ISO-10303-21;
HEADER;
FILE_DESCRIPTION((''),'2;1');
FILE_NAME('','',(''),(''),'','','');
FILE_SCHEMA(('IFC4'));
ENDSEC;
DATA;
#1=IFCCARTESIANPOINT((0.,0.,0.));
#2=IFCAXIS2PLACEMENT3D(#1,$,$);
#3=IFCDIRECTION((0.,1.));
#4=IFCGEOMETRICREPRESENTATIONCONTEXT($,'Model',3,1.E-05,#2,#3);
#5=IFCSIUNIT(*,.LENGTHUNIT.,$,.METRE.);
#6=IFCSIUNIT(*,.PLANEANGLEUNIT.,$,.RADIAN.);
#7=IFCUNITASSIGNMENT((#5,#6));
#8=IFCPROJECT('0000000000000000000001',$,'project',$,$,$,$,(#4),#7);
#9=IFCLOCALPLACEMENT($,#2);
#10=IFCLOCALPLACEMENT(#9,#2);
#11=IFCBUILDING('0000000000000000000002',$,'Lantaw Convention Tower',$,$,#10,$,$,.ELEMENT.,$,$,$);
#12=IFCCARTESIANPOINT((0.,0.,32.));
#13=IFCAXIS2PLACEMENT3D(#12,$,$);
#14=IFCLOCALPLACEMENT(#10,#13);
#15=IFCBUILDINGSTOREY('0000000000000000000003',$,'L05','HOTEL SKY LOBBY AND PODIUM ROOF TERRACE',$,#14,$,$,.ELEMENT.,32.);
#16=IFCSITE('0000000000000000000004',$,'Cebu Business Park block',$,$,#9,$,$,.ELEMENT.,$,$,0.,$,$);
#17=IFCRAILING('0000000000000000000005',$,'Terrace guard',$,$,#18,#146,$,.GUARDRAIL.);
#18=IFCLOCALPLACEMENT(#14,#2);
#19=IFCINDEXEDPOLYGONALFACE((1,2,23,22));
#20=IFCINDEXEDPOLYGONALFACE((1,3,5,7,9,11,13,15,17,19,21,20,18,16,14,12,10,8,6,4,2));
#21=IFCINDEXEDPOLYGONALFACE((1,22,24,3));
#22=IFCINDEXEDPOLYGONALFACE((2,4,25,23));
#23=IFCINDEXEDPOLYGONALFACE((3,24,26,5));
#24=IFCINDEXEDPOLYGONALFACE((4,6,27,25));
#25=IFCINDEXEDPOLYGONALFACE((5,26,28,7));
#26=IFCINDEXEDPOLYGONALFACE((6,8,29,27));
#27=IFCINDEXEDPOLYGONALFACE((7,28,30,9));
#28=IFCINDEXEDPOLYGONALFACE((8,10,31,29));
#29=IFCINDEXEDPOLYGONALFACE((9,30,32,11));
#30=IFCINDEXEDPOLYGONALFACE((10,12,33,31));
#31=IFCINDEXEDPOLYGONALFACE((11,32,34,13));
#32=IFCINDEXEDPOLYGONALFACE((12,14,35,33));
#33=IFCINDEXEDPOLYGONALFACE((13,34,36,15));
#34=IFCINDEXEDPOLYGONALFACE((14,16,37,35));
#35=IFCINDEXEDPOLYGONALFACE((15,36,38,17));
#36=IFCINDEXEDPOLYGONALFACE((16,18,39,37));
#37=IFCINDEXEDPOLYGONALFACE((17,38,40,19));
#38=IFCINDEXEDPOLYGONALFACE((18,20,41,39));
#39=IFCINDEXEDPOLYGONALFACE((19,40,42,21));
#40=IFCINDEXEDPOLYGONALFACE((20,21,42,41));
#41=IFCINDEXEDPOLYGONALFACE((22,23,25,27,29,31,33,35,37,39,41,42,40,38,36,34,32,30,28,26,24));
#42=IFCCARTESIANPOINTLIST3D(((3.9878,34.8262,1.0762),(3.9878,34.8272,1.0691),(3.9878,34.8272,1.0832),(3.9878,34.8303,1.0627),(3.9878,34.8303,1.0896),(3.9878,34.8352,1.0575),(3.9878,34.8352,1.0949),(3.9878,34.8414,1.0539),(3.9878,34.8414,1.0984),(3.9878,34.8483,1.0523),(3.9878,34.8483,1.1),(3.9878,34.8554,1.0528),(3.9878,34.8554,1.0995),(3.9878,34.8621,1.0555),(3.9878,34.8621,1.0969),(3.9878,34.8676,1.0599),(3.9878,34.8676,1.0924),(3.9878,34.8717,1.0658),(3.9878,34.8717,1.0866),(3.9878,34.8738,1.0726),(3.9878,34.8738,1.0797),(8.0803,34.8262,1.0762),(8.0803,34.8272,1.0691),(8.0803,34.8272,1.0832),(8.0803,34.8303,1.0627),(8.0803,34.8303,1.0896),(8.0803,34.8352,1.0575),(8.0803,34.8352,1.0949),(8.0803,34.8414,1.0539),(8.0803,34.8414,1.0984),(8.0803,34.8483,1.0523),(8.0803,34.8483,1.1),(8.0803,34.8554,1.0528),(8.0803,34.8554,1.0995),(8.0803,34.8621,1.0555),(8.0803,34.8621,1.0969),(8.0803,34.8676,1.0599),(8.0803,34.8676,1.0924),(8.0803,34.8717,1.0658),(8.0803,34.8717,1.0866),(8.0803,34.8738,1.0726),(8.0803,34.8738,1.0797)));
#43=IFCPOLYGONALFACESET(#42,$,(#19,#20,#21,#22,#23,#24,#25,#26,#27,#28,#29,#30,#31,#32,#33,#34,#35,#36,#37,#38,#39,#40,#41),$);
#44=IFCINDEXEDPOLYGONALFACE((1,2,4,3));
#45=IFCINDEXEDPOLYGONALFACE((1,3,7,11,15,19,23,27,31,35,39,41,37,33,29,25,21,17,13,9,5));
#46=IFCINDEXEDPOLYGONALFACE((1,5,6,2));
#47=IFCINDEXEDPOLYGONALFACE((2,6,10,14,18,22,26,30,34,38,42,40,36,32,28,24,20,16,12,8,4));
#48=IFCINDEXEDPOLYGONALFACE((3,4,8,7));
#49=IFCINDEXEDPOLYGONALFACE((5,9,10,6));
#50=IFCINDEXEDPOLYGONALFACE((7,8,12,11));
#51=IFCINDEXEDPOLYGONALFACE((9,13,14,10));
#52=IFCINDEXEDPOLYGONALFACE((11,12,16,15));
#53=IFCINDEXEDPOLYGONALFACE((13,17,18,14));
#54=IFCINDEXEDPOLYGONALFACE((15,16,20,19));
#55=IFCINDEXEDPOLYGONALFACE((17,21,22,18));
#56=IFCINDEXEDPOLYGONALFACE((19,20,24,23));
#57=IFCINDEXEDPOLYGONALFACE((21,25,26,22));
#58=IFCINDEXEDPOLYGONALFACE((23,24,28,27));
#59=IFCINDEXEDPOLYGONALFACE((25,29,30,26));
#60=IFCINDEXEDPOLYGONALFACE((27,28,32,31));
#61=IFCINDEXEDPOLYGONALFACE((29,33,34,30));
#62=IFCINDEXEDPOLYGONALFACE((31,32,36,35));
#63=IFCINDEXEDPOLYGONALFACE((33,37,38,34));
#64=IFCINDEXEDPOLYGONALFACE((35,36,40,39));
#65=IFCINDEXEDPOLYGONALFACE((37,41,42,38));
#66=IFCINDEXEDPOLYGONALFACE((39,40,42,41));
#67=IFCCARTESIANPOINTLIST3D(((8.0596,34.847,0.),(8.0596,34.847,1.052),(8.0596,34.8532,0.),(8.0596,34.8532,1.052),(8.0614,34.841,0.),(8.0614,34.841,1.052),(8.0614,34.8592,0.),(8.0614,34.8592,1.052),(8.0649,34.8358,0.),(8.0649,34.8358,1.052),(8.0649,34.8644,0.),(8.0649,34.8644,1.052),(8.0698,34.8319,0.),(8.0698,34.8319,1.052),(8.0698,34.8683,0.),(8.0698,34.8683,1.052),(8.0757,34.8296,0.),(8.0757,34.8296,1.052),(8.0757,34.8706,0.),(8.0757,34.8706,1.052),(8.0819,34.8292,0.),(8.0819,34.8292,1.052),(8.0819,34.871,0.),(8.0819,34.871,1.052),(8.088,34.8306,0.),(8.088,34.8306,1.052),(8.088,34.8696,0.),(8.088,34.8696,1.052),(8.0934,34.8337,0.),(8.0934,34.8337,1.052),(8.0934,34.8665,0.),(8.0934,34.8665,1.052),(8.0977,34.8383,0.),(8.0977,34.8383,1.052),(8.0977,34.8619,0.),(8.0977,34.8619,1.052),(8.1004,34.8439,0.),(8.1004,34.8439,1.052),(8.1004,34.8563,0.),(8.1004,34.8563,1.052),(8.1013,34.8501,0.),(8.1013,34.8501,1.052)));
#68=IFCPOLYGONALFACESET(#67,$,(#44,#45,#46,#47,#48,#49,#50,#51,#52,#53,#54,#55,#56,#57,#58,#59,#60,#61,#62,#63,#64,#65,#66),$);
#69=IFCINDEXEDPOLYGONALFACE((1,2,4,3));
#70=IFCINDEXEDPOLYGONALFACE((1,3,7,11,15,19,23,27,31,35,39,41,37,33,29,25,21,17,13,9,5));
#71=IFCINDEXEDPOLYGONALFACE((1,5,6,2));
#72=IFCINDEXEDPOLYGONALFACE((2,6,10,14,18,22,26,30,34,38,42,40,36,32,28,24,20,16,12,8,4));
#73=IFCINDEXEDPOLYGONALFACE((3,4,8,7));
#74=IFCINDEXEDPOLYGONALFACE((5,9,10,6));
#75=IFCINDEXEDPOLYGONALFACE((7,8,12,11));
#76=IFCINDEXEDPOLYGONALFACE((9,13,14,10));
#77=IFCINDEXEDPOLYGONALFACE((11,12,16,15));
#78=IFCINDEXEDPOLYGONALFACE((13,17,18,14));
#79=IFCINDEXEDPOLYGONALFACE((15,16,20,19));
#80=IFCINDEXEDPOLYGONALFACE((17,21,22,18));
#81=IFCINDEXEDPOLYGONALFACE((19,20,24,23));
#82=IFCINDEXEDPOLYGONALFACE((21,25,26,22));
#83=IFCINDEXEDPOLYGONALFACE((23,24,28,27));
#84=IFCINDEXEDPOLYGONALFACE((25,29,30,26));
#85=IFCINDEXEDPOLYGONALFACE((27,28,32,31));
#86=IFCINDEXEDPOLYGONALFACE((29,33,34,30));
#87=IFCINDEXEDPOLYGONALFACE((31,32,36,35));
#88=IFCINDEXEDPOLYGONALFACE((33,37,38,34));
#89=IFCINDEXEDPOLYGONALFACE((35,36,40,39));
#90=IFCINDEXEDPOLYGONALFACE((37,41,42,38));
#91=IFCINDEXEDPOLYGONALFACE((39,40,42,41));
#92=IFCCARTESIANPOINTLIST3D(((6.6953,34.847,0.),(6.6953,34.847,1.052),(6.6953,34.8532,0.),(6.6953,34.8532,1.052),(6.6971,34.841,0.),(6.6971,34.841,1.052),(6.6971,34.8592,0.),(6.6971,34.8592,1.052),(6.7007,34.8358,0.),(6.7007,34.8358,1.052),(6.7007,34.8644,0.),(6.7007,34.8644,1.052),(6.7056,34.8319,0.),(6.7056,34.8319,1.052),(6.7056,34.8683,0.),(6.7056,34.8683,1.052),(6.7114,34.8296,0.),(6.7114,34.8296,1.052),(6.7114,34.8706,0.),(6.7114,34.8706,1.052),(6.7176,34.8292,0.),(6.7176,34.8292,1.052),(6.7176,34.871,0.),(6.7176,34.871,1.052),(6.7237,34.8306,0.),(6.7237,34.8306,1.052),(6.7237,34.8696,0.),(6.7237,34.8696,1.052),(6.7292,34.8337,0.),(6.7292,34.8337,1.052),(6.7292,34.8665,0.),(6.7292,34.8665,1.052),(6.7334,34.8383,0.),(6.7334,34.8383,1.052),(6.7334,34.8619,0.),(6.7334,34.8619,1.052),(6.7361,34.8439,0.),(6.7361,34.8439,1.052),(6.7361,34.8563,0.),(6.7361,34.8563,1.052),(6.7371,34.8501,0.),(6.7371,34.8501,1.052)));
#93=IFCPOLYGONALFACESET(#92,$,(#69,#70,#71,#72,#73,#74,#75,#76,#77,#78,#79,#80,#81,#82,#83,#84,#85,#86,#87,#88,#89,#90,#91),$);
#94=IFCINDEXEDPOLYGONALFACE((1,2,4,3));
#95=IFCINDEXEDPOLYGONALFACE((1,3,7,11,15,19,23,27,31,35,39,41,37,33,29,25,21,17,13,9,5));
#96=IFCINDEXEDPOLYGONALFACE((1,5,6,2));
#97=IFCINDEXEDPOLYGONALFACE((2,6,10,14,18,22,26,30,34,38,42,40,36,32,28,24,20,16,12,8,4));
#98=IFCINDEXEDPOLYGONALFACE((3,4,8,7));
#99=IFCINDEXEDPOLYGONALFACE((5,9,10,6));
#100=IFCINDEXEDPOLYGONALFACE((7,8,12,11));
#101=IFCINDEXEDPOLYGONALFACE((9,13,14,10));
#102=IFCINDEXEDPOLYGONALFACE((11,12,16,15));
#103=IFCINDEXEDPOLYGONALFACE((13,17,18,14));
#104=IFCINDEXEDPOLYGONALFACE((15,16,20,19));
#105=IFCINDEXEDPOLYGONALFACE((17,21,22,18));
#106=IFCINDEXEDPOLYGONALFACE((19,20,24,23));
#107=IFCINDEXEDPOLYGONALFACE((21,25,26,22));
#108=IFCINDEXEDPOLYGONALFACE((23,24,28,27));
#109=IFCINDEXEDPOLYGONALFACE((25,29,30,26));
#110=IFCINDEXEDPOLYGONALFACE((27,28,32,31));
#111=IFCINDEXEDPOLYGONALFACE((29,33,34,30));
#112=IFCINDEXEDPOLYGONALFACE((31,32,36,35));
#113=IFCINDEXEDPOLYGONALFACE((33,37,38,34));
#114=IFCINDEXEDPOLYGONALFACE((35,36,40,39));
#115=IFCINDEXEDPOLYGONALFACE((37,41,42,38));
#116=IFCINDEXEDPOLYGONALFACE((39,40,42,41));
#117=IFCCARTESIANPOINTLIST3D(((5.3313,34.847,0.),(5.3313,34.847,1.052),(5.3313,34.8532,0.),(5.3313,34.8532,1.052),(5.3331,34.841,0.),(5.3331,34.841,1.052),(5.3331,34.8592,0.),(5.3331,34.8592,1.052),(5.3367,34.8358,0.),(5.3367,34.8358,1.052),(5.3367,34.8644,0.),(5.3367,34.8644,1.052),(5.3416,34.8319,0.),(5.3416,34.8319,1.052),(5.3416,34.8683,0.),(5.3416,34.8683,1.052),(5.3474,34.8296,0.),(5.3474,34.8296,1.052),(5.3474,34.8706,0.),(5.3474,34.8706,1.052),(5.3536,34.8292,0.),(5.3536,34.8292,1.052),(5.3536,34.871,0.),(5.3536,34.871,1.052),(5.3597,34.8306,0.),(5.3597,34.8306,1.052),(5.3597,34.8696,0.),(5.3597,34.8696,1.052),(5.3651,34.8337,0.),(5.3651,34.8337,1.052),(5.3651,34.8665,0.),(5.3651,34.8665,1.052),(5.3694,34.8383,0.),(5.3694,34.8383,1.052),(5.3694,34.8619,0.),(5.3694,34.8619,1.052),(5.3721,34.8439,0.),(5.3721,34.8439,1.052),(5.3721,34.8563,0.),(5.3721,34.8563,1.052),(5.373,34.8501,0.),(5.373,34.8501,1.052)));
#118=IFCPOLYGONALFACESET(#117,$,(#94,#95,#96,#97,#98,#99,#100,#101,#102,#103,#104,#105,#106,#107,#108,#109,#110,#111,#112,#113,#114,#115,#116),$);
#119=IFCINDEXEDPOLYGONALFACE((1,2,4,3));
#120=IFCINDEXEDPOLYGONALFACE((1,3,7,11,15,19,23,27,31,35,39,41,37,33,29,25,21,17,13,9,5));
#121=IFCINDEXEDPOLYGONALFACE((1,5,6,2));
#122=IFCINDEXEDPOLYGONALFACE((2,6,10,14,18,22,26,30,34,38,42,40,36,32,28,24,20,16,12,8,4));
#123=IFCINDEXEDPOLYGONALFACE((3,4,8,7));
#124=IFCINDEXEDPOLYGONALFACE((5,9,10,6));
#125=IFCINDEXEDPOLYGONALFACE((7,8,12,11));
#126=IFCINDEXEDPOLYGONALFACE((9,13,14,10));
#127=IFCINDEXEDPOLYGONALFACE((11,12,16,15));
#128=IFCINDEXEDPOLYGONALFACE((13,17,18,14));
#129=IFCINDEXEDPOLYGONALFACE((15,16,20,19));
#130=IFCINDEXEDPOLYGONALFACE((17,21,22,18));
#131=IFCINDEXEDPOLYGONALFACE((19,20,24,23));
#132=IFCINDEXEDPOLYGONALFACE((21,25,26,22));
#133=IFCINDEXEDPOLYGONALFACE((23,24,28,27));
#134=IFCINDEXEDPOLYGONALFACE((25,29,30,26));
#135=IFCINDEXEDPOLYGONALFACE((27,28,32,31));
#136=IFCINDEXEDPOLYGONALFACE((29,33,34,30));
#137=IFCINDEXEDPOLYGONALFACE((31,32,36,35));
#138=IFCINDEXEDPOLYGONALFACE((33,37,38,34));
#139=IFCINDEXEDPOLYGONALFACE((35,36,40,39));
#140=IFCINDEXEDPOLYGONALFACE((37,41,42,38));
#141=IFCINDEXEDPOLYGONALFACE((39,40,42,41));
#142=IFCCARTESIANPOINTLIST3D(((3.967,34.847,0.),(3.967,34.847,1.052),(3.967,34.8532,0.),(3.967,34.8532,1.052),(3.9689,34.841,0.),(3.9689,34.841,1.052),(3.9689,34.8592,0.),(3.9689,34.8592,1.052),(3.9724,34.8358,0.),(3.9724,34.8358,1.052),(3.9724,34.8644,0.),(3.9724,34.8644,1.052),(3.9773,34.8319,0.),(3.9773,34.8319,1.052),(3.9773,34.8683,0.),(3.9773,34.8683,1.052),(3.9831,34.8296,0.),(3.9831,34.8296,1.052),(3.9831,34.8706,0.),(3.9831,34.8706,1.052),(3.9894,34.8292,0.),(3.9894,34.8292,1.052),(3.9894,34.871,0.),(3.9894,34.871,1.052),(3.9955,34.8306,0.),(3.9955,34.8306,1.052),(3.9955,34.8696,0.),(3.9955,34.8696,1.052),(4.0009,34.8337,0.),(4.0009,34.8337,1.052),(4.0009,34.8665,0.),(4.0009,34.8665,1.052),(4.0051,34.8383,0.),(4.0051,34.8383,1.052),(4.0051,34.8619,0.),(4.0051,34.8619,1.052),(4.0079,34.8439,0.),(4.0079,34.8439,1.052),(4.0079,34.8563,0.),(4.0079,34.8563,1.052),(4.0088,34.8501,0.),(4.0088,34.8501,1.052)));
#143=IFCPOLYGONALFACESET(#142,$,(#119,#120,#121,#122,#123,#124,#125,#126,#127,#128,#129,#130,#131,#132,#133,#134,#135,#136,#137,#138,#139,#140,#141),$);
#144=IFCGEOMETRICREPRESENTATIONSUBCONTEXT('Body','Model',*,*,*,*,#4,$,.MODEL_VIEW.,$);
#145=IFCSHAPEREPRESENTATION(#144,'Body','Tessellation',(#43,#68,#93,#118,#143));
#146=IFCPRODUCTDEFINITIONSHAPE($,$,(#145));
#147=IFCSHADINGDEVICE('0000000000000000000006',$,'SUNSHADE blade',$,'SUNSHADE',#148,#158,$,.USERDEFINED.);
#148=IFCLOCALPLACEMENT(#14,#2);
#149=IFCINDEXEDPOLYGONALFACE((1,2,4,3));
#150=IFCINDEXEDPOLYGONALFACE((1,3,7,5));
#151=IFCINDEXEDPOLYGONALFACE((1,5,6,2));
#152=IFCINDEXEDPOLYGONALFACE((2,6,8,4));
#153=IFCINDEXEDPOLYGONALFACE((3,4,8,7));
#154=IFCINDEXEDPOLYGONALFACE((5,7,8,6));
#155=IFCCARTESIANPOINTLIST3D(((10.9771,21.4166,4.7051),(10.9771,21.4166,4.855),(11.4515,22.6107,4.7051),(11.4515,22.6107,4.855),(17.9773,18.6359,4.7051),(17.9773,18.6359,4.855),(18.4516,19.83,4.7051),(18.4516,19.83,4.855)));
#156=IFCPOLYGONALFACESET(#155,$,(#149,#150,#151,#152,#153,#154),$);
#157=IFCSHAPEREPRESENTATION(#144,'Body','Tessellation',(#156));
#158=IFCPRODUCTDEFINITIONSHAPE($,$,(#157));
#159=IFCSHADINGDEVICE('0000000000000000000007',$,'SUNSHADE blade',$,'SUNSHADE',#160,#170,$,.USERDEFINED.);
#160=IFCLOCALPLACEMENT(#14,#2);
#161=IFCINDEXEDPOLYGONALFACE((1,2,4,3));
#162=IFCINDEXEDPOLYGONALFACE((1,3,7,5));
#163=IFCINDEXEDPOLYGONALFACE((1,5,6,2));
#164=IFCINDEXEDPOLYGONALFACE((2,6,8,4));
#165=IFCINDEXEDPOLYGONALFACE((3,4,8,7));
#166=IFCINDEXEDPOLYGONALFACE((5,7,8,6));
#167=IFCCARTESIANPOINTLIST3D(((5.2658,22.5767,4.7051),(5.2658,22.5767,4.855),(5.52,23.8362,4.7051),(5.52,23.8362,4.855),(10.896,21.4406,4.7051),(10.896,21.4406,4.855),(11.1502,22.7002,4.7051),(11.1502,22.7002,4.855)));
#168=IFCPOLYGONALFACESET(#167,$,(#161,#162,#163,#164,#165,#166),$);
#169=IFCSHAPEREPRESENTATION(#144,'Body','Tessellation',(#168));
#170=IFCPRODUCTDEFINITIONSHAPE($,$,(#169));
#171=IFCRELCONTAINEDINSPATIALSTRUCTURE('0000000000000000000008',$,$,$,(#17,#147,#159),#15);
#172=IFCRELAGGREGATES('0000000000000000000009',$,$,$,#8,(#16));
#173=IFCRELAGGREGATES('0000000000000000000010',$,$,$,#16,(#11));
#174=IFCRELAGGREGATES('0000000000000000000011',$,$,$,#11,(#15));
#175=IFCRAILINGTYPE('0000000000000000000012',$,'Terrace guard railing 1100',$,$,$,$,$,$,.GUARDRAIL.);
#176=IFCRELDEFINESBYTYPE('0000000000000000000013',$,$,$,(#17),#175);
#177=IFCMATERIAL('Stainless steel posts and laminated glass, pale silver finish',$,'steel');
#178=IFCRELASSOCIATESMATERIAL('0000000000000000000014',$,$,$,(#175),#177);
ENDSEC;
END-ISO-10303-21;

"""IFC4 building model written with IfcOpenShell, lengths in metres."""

from ifc_helpers import new_model, si_unit, direction, frame, origin, origin_2d, place, context, subcontext, project, spatial, rectangle, circle, extrude, material, type_object, element, save


model = new_model("IFC4")

# Units and contexts
model_context = context("Model", 3, precision=1e-05, world=origin(), true_north=direction((0.0, 1.0)))
body_context = subcontext(model_context, "Body", "Model", "MODEL_VIEW")
ifc_project = project(units=[si_unit("LENGTHUNIT", "METRE"), si_unit("PLANEANGLEUNIT", "RADIAN")], contexts=[model_context])

# Site, building, storey
site_placement = place(None, origin())
site = spatial("IfcSite", under=ifc_project, at=site_placement, Name="Cebu Business Park block", CompositionType="ELEMENT", RefElevation=0.0)
building_placement = place(site_placement, origin())
building = spatial("IfcBuilding", under=site, at=building_placement, Name="Lantaw Convention Tower", CompositionType="ELEMENT")
storey_placement = place(building_placement, frame((0.0, 0.0, 32.0)))
storey = spatial("IfcBuildingStorey", under=building, at=storey_placement, Name="L05", Description="HOTEL SKY LOBBY AND PODIUM ROOF TERRACE", CompositionType="ELEMENT", Elevation=32.0)

# Railing
ifc_material_1 = material(Name="Stainless steel posts and laminated glass, pale silver finish", Category="steel")
railing_type_1 = type_object("IfcRailingType", Name="Terrace guard railing 1100", PredefinedType="GUARDRAIL", material=ifc_material_1)
railing_1_placement = place(storey_placement, frame((8.0803, 34.8501, 0.0)))
element("IfcRailing", 1, at=railing_1_placement, inside=storey, type_object=railing_type_1, Name="Terrace guard", PredefinedType="GUARDRAIL", context=body_context, shape_type="SweptSolid", body=[
    extrude(circle(Radius=0.0239, at=origin_2d()), frame((0.0, 0.0, 1.0762), z_axis=(-1.0, 0.0, 0.0), x_axis=(0.0, -1.0, 0.0)), (0.0, 0.0, 1.0), 4.0925),
    extrude(circle(Radius=0.021, at=origin_2d()), origin(), (0.0, 0.0, 1.0), 1.052),
    extrude(circle(Radius=0.021, at=origin_2d()), frame((-1.3643, 0.0, 0.0)), (0.0, 0.0, 1.0), 1.052),
    extrude(circle(Radius=0.021, at=origin_2d()), frame((-2.7283, 0.0, 0.0)), (0.0, 0.0, 1.0), 1.052),
    extrude(circle(Radius=0.021, at=origin_2d()), frame((-4.0925, 0.0, 0.0)), (0.0, 0.0, 1.0), 1.052),
])

# Shading devices
shading_device_1_placement = place(storey_placement, frame((14.7144, 20.6233, 4.7051), z_axis=(0.0, 0.0, 1.0), x_axis=(-0.929361, 0.369172, 0.0)))
element("IfcShadingDevice", 2, at=shading_device_1_placement, inside=storey, Name="SUNSHADE blade", ObjectType="SUNSHADE", PredefinedType="USERDEFINED", context=body_context, shape_type="SweptSolid", body=[
    extrude(rectangle(XDim=7.5322, YDim=1.2849, at=origin_2d()), origin(), (0.0, 0.0, 1.0), 0.1499),
])
shading_device_2_placement = place(storey_placement, frame((8.208, 22.6384, 4.7051), z_axis=(0.0, 0.0, 1.0), x_axis=(-0.980245, 0.197789, 0.0)))
element("IfcShadingDevice", 3, at=shading_device_2_placement, inside=storey, Name="SUNSHADE blade", ObjectType="SUNSHADE", PredefinedType="USERDEFINED", context=body_context, shape_type="SweptSolid", body=[
    extrude(rectangle(XDim=5.7437, YDim=1.2849, at=origin_2d()), origin(), (0.0, 0.0, 1.0), 0.1499),
])

save(model, "model.ifc")
